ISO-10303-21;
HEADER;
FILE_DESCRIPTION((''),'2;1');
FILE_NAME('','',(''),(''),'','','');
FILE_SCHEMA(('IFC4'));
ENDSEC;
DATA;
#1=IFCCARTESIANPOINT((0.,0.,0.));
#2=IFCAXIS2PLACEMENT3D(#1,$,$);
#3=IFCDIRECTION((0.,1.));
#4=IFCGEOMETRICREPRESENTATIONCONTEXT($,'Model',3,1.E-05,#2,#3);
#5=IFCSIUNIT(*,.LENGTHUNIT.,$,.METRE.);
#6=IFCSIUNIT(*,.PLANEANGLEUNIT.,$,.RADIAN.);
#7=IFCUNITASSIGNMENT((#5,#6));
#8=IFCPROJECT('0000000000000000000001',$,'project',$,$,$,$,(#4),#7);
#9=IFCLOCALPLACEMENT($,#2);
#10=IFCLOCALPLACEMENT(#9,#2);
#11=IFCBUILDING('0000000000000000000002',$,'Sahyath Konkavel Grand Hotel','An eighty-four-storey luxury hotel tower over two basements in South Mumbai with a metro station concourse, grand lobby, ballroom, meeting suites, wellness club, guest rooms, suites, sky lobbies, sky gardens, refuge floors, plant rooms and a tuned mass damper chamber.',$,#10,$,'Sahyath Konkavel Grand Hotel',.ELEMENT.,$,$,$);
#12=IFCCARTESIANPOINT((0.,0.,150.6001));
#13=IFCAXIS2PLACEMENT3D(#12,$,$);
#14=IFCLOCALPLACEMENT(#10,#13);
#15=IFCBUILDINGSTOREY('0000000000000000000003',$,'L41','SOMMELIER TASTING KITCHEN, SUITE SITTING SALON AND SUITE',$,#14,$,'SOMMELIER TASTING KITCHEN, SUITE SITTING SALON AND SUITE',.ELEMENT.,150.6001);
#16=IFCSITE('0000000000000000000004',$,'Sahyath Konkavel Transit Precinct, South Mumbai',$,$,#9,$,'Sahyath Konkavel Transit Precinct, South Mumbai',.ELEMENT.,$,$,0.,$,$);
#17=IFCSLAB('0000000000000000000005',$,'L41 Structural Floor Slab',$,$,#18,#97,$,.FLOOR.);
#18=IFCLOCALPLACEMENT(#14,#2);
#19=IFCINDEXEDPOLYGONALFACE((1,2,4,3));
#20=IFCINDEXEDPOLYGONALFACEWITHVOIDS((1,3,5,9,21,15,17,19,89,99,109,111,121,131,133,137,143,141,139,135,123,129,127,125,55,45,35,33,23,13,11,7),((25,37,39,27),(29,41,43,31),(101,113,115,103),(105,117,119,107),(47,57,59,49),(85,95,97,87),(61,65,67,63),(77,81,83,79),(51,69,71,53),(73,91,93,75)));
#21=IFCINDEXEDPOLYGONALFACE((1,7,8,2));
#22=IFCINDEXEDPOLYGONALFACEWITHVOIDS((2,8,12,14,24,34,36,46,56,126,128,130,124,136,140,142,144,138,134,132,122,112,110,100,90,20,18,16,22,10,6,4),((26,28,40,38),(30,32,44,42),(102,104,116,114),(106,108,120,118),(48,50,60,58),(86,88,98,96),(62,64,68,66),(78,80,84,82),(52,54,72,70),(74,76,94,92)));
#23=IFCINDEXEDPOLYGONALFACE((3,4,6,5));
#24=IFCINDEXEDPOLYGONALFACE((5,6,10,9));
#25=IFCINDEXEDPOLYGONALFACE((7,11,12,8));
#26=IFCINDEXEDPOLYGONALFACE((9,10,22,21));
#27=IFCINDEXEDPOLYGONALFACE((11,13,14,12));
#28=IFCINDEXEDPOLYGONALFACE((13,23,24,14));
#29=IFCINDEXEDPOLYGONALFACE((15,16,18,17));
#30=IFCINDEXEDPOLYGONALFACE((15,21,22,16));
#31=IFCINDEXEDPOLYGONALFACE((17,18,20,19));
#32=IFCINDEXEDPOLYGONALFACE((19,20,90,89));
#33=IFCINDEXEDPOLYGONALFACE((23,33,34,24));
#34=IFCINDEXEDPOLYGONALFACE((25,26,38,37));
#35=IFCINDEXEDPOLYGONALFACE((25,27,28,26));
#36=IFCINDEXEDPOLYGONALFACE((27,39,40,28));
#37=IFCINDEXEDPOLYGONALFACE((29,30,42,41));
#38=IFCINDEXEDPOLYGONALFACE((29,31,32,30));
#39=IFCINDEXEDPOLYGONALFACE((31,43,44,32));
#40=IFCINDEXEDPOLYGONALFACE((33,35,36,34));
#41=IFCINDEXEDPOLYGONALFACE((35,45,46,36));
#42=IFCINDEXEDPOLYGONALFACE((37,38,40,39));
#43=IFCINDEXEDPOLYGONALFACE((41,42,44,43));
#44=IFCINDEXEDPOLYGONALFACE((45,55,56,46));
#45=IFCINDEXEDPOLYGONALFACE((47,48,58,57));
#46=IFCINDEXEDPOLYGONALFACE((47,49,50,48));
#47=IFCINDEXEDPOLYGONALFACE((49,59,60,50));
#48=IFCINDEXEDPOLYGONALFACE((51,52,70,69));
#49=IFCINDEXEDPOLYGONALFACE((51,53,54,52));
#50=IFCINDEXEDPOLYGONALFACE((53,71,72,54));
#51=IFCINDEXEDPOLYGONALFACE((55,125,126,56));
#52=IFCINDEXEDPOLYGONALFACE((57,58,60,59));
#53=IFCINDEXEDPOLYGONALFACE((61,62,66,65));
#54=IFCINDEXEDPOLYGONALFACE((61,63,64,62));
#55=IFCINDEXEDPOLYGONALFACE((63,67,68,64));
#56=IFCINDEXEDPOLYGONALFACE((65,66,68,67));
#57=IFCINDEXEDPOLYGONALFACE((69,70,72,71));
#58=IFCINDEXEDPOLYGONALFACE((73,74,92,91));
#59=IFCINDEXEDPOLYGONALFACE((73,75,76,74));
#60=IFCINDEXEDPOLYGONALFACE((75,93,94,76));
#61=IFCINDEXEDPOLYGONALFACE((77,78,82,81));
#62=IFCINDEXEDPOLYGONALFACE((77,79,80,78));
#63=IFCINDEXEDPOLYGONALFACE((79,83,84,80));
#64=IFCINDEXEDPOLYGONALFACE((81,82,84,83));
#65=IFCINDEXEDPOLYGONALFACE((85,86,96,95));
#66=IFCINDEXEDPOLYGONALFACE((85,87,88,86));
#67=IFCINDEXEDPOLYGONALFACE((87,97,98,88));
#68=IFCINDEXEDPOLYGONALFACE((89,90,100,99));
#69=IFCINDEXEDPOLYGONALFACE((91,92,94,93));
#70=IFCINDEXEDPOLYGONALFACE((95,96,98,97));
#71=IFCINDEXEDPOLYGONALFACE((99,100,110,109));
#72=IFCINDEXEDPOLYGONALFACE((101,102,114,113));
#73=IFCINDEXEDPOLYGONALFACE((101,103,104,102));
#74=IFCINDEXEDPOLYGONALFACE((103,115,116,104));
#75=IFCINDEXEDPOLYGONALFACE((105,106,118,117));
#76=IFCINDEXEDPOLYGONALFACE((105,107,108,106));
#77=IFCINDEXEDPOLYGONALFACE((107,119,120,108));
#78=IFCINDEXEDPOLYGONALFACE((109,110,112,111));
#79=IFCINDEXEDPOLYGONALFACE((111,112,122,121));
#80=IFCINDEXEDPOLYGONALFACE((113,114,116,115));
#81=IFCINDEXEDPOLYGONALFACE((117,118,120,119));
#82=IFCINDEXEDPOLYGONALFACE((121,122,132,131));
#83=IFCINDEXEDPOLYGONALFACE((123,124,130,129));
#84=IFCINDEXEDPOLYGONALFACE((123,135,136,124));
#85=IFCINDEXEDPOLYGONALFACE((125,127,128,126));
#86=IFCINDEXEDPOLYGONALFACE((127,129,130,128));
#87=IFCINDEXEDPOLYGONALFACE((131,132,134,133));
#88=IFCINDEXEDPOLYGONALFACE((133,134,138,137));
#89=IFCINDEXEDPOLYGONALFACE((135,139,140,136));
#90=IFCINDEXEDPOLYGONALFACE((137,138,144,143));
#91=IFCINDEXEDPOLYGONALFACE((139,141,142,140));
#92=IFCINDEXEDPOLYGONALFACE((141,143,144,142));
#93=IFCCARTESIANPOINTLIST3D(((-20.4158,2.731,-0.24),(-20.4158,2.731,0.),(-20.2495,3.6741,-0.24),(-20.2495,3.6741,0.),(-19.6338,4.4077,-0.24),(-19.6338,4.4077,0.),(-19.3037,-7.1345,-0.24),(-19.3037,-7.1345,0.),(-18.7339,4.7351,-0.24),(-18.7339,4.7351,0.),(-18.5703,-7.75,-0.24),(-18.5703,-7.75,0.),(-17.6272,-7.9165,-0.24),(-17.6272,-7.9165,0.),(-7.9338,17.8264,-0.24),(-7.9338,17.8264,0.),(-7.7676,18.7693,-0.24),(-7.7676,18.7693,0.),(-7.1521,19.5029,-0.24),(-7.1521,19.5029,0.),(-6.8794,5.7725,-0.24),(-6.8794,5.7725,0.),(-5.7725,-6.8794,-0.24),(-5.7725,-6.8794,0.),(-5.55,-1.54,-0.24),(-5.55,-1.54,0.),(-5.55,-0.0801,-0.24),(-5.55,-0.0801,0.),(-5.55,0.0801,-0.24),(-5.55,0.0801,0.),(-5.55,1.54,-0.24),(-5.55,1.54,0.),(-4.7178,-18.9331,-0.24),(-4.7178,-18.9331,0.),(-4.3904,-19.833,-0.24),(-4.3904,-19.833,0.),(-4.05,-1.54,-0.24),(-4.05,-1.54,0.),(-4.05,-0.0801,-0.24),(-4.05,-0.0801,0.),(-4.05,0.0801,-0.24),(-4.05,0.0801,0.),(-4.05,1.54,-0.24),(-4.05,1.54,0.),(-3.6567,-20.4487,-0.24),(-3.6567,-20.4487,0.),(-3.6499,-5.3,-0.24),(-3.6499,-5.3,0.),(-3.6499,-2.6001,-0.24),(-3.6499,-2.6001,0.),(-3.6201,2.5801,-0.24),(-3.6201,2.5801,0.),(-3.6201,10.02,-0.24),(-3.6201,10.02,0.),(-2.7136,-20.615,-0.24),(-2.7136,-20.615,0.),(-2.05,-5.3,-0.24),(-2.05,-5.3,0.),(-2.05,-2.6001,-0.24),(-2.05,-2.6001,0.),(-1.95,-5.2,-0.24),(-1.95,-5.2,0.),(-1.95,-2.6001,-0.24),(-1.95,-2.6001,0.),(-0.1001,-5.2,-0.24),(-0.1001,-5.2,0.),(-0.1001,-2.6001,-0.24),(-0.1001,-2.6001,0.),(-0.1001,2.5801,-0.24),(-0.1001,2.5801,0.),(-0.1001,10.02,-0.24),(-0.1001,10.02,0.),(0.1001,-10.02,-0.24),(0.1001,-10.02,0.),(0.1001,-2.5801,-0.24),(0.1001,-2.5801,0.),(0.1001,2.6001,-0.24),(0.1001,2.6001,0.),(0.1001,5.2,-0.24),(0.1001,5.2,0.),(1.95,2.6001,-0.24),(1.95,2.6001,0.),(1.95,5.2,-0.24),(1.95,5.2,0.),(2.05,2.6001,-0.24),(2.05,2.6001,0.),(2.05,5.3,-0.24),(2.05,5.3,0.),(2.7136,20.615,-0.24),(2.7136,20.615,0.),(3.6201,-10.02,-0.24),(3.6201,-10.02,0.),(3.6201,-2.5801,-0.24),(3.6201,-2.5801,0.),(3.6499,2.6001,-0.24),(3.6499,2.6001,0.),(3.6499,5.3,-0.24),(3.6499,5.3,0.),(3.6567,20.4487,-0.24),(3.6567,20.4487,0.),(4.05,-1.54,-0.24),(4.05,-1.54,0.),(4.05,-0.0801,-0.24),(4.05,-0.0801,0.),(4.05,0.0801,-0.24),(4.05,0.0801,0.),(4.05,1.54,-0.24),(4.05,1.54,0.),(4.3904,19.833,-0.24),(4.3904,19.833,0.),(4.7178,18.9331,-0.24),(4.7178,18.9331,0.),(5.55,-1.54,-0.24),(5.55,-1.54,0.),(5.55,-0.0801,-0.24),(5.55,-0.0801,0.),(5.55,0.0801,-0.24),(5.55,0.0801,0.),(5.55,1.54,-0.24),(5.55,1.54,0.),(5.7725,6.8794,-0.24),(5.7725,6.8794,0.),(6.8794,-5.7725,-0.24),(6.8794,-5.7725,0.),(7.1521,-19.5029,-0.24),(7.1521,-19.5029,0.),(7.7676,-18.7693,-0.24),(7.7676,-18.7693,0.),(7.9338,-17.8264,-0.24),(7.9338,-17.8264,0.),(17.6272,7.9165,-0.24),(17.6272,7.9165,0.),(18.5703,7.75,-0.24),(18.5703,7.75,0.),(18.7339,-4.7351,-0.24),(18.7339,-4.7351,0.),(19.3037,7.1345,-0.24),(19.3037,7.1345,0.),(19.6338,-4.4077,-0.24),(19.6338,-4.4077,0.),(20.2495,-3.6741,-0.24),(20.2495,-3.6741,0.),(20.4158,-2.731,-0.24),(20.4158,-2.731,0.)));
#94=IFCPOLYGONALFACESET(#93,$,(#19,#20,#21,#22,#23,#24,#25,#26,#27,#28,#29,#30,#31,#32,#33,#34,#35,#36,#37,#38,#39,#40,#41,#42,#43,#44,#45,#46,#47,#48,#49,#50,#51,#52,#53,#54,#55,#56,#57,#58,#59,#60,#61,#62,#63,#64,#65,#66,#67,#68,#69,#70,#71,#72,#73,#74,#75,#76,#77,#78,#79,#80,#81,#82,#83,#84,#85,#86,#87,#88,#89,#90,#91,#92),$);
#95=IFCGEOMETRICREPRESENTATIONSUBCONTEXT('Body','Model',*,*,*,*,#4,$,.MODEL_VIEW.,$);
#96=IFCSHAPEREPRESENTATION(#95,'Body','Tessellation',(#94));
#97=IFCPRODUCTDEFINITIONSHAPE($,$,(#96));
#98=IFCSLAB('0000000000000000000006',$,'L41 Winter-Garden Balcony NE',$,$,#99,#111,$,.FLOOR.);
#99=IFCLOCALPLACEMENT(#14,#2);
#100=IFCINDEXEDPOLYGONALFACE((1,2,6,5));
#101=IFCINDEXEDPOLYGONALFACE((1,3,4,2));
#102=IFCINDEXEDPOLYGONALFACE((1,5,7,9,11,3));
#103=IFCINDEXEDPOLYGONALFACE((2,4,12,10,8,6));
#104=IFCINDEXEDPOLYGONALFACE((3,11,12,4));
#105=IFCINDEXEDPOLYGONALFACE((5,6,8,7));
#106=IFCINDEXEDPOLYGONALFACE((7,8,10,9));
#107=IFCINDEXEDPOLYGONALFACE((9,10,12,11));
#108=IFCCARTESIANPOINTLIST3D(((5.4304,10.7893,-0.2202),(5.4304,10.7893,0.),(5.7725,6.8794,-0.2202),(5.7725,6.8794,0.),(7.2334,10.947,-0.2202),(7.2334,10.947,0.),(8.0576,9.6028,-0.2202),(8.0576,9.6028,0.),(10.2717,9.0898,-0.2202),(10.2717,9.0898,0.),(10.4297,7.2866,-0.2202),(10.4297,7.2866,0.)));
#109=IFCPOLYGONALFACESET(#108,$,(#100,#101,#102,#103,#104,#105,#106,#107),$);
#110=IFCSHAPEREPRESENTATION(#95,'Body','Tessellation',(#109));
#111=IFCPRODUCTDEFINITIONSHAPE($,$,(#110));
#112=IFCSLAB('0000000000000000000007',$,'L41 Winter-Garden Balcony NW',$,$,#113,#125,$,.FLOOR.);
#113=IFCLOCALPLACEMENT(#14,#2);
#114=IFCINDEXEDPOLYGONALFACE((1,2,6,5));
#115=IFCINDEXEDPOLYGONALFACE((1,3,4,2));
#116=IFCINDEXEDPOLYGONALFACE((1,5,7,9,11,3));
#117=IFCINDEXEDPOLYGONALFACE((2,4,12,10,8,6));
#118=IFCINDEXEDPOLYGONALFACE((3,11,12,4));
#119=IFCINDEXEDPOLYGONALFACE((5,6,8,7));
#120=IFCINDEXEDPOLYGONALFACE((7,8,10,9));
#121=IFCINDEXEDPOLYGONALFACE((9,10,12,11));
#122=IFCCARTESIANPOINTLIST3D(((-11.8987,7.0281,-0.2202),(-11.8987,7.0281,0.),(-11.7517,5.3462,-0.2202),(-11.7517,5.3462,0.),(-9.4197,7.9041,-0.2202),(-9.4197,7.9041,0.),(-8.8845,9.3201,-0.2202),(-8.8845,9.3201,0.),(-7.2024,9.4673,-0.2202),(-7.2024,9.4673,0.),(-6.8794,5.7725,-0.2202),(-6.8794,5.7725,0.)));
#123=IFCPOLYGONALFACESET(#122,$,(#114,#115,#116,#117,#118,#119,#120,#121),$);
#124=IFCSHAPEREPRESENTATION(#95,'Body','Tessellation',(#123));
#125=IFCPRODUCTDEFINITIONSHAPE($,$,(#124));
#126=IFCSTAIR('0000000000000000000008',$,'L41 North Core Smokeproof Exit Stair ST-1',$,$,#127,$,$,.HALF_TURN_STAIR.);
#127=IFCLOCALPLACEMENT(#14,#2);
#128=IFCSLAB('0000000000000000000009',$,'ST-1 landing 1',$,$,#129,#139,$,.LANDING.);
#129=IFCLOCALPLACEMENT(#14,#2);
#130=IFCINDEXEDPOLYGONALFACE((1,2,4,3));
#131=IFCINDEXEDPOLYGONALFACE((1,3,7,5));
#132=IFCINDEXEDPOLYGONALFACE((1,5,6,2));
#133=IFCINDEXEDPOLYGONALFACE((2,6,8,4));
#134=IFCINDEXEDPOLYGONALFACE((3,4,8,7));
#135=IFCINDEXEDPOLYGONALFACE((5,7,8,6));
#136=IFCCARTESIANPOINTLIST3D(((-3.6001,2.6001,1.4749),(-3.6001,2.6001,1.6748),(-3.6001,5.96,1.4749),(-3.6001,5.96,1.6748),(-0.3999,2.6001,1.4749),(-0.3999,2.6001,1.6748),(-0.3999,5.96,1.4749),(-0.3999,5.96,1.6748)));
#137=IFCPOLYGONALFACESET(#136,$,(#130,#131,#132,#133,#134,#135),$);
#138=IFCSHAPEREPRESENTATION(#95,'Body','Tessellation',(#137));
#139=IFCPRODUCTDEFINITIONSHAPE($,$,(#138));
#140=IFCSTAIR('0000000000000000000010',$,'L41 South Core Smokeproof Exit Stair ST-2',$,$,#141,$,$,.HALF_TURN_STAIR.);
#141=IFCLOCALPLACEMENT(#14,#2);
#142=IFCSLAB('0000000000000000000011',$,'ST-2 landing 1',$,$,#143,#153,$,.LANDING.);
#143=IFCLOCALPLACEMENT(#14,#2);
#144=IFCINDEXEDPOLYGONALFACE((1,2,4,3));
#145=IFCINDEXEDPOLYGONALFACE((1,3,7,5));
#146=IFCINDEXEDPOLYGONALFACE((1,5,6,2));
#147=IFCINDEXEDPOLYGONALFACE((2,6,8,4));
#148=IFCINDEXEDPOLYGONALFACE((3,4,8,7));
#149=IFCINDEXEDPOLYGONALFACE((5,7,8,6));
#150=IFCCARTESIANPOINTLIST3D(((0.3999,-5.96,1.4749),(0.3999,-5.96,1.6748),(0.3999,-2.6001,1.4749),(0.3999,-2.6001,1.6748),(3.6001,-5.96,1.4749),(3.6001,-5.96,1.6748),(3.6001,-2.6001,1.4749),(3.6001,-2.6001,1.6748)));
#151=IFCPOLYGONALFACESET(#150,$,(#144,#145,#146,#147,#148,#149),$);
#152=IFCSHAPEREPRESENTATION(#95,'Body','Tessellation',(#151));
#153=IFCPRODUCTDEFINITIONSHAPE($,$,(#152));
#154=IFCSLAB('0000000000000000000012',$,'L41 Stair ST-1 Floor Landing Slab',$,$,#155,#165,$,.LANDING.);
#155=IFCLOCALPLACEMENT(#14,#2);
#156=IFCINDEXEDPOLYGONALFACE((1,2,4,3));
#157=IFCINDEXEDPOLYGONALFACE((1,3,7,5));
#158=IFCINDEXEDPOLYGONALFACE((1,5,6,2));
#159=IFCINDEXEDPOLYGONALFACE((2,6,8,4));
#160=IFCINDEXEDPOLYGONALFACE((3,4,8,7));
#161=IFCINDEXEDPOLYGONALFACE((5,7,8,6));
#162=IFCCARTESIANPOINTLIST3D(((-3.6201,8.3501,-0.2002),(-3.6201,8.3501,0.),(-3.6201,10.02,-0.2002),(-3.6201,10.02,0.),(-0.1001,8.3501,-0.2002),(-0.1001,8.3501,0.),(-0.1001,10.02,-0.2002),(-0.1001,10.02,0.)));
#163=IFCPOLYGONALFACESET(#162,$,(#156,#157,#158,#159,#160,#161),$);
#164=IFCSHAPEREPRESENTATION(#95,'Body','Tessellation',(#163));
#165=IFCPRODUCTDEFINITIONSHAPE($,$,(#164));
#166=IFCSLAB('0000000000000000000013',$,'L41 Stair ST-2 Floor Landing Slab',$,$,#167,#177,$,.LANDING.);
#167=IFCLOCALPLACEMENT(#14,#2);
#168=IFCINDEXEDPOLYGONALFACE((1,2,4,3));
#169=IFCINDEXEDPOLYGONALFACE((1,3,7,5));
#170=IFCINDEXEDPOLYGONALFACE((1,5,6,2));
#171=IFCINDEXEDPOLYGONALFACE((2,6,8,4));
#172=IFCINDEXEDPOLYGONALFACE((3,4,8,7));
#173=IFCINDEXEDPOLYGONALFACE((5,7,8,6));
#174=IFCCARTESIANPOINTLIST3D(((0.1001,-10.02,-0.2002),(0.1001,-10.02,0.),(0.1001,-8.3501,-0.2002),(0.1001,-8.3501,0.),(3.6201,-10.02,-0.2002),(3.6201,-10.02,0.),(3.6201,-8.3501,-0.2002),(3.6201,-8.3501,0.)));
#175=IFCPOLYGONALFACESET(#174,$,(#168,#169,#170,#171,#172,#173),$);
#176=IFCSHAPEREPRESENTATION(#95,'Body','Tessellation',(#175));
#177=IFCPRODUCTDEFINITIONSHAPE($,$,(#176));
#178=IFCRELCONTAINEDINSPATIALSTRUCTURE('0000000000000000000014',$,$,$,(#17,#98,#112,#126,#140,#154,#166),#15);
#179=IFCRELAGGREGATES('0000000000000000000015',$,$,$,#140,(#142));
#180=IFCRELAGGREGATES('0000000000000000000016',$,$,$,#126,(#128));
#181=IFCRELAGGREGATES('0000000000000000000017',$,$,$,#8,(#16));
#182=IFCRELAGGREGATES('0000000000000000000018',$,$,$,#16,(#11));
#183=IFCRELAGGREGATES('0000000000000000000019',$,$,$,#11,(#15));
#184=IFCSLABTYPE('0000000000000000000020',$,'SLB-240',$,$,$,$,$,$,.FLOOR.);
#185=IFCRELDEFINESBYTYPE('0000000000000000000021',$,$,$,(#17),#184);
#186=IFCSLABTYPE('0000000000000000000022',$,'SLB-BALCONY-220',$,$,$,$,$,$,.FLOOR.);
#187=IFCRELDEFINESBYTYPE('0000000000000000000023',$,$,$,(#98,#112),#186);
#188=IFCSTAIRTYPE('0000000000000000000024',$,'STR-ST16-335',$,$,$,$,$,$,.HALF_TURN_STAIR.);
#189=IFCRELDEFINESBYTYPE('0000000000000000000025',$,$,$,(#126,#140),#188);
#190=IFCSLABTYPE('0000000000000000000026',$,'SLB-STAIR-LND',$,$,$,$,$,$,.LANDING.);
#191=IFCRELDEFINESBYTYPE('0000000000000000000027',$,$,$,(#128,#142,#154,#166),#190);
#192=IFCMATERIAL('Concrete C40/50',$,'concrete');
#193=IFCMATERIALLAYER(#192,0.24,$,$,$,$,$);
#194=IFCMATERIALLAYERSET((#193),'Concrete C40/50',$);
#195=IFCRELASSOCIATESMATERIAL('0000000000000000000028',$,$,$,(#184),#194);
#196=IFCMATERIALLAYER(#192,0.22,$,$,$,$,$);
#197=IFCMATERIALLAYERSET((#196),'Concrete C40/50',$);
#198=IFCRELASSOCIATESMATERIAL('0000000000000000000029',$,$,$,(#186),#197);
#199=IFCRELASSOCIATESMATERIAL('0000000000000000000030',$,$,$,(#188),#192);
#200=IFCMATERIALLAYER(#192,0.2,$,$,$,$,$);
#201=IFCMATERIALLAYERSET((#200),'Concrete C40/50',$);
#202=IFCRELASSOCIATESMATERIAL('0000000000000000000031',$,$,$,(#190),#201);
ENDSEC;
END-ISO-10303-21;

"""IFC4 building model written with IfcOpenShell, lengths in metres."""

from ifc_helpers import new_model, si_unit, direction, frame, origin, place, context, subcontext, project, spatial, polyline, outline, extrude, material, layer, layer_set, type_object, element, aggregate, save


model = new_model("IFC4")

# Units and contexts
model_context = context("Model", 3, precision=1e-05, world=origin(), true_north=direction((0.0, 1.0)))
body_context = subcontext(model_context, "Body", "Model", "MODEL_VIEW")
ifc_project = project(units=[si_unit("LENGTHUNIT", "METRE"), si_unit("PLANEANGLEUNIT", "RADIAN")], contexts=[model_context])

# Site, building, storey
site_placement = place(None, origin())
site = spatial("IfcSite", under=ifc_project, at=site_placement, Name="Sahyath Konkavel Transit Precinct, South Mumbai", LongName="Sahyath Konkavel Transit Precinct, South Mumbai", CompositionType="ELEMENT", RefElevation=0.0)
building_placement = place(site_placement, origin())
building = spatial("IfcBuilding", under=site, at=building_placement, Name="Sahyath Konkavel Grand Hotel", Description="An eighty-four-storey luxury hotel tower over two basements in South Mumbai with a metro station concourse, grand lobby, ballroom, meeting suites, wellness club, guest rooms, suites, sky lobbies, sky gardens, refuge floors, plant rooms and a tuned mass damper chamber.", LongName="Sahyath Konkavel Grand Hotel", CompositionType="ELEMENT")
storey_placement = place(building_placement, frame((0.0, 0.0, 150.6001)))
storey = spatial("IfcBuildingStorey", under=building, at=storey_placement, Name="L41", Description="SOMMELIER TASTING KITCHEN, SUITE SITTING SALON AND SUITE", LongName="SOMMELIER TASTING KITCHEN, SUITE SITTING SALON AND SUITE", CompositionType="ELEMENT", Elevation=150.6001)

# Slabs
ifc_material_1 = material(Name="Concrete C40/50", Category="concrete")
ifc_layer_1 = layer(ifc_material_1, 0.24)
ifc_layer_set_1 = layer_set([ifc_layer_1], Name="Concrete C40/50")
slab_type_1 = type_object("IfcSlabType", Name="SLB-240", PredefinedType="FLOOR", material=ifc_layer_set_1)
slab_1_placement = place(storey_placement, frame((0.0, 0.0, -0.24)))
element("IfcSlab", 1, at=slab_1_placement, inside=storey, type_object=slab_type_1, Name="L41 Structural Floor Slab", PredefinedType="FLOOR", context=body_context, shape_type="SweptSolid", body=[
    extrude(outline(polyline([(6.8794, -5.7725), (18.7339, -4.7351), (19.6338, -4.4077), (20.2495, -3.6741), (20.4158, -2.731), (19.3037, 7.1345), (18.5703, 7.75), (17.6272, 7.9165), (5.7725, 6.8794), (4.7178, 18.9331), (4.3904, 19.833), (3.6567, 20.4487), (2.7136, 20.615), (-7.1521, 19.5029), (-7.7676, 18.7693), (-7.9338, 17.8264), (-6.8794, 5.7725), (-18.7339, 4.7351), (-19.6338, 4.4077), (-20.2495, 3.6741), (-20.4158, 2.731), (-19.3037, -7.1345), (-18.5703, -7.75), (-17.6272, -7.9165), (-5.7725, -6.8794), (-4.7178, -18.9331), (-4.3904, -19.833), (-3.6567, -20.4487), (-2.7136, -20.615), (7.1521, -19.5029), (7.7676, -18.7693), (7.9338, -17.8264), (6.8794, -5.7725)]), holes=[polyline([(-3.6201, 2.5801), (-0.1001, 2.5801), (-0.1001, 10.02), (-3.6201, 10.02), (-3.6201, 2.5801)]), polyline([(0.1001, -10.02), (3.6201, -10.02), (3.6201, -2.5801), (0.1001, -2.5801), (0.1001, -10.02)]), polyline([(0.1001, 2.6001), (1.95, 2.6001), (1.95, 5.2), (0.1001, 5.2), (0.1001, 2.6001)]), polyline([(-1.95, -5.2), (-0.1001, -5.2), (-0.1001, -2.6001), (-1.95, -2.6001), (-1.95, -5.2)]), polyline([(2.05, 2.6001), (3.6499, 2.6001), (3.6499, 5.3), (2.05, 5.3), (2.05, 2.6001)]), polyline([(-3.6499, -5.3), (-2.05, -5.3), (-2.05, -2.6001), (-3.6499, -2.6001), (-3.6499, -5.3)]), polyline([(4.05, 0.0801), (5.55, 0.0801), (5.55, 1.54), (4.05, 1.54), (4.05, 0.0801)]), polyline([(4.05, -1.54), (5.55, -1.54), (5.55, -0.0801), (4.05, -0.0801), (4.05, -1.54)]), polyline([(-5.55, 0.0801), (-4.05, 0.0801), (-4.05, 1.54), (-5.55, 1.54), (-5.55, 0.0801)]), polyline([(-5.55, -1.54), (-4.05, -1.54), (-4.05, -0.0801), (-5.55, -0.0801), (-5.55, -1.54)])]), origin(), (0.0, 0.0, 1.0), 0.24),
])
ifc_layer_2 = layer(ifc_material_1, 0.22)
ifc_layer_set_2 = layer_set([ifc_layer_2], Name="Concrete C40/50")
slab_type_2 = type_object("IfcSlabType", Name="SLB-BALCONY-220", PredefinedType="FLOOR", material=ifc_layer_set_2)
slab_2_placement = place(storey_placement, frame((0.0, 0.0, -0.2202)))
element("IfcSlab", 2, at=slab_2_placement, inside=storey, type_object=slab_type_2, Name="L41 Winter-Garden Balcony NE", PredefinedType="FLOOR", context=body_context, shape_type="SweptSolid", body=[
    extrude(outline(polyline([(5.7725, 6.8794), (10.4297, 7.2866), (10.2717, 9.0898), (8.0576, 9.6028), (7.2334, 10.947), (5.4304, 10.7893), (5.7725, 6.8794)])), origin(), (0.0, 0.0, 1.0), 0.2202),
])
slab_3_placement = place(storey_placement, frame((0.0, 0.0, -0.2202)))
element("IfcSlab", 3, at=slab_3_placement, inside=storey, type_object=slab_type_2, Name="L41 Winter-Garden Balcony NW", PredefinedType="FLOOR", context=body_context, shape_type="SweptSolid", body=[
    extrude(outline(polyline([(-6.8794, 5.7725), (-7.2024, 9.4673), (-8.8845, 9.3201), (-9.4197, 7.9041), (-11.8987, 7.0281), (-11.7517, 5.3462), (-6.8794, 5.7725)])), origin(), (0.0, 0.0, 1.0), 0.2202),
])

# Stairs, slabs
stair_type = type_object("IfcStairType", Name="STR-ST16-335", PredefinedType="HALF_TURN_STAIR", material=ifc_material_1)
stair_1_placement = place(storey_placement, origin())
stair_1 = element("IfcStair", 4, at=stair_1_placement, inside=storey, type_object=stair_type, Name="L41 North Core Smokeproof Exit Stair ST-1", PredefinedType="HALF_TURN_STAIR")
ifc_layer_3 = layer(ifc_material_1, 0.2)
ifc_layer_set_3 = layer_set([ifc_layer_3], Name="Concrete C40/50")
slab_type_3 = type_object("IfcSlabType", Name="SLB-STAIR-LND", PredefinedType="LANDING", material=ifc_layer_set_3)
slab_4_placement = place(storey_placement, frame((0.0, 0.0, 1.4749)))
slab_4 = element("IfcSlab", 5, at=slab_4_placement, type_object=slab_type_3, Name="ST-1 landing 1", PredefinedType="LANDING", context=body_context, shape_type="SweptSolid", body=[
    extrude(outline(polyline([(-3.6001, 5.96), (-3.6001, 2.6001), (-0.3999, 2.6001), (-0.3999, 5.96), (-3.6001, 5.96)])), origin(), (0.0, 0.0, 1.0), 0.2),
])
stair_2_placement = place(storey_placement, origin())
stair_2 = element("IfcStair", 6, at=stair_2_placement, inside=storey, type_object=stair_type, Name="L41 South Core Smokeproof Exit Stair ST-2", PredefinedType="HALF_TURN_STAIR")
slab_5_placement = place(storey_placement, frame((0.0, 0.0, 1.4749)))
slab_5 = element("IfcSlab", 7, at=slab_5_placement, type_object=slab_type_3, Name="ST-2 landing 1", PredefinedType="LANDING", context=body_context, shape_type="SweptSolid", body=[
    extrude(outline(polyline([(3.6001, -5.96), (3.6001, -2.6001), (0.3999, -2.6001), (0.3999, -5.96), (3.6001, -5.96)])), origin(), (0.0, 0.0, 1.0), 0.2),
])
aggregate(stair_2, [slab_5])

# Slabs
slab_6_placement = place(storey_placement, frame((0.0, 0.0, -0.2002)))
element("IfcSlab", 8, at=slab_6_placement, inside=storey, type_object=slab_type_3, Name="L41 Stair ST-1 Floor Landing Slab", PredefinedType="LANDING", context=body_context, shape_type="SweptSolid", body=[
    extrude(outline(polyline([(-3.6201, 8.3501), (-0.1001, 8.3501), (-0.1001, 10.02), (-3.6201, 10.02), (-3.6201, 8.3501)])), origin(), (0.0, 0.0, 1.0), 0.2002),
])
slab_7_placement = place(storey_placement, frame((0.0, 0.0, -0.2002)))
element("IfcSlab", 9, at=slab_7_placement, inside=storey, type_object=slab_type_3, Name="L41 Stair ST-2 Floor Landing Slab", PredefinedType="LANDING", context=body_context, shape_type="SweptSolid", body=[
    extrude(outline(polyline([(0.1001, -10.02), (3.6201, -10.02), (3.6201, -8.3501), (0.1001, -8.3501), (0.1001, -10.02)])), origin(), (0.0, 0.0, 1.0), 0.2002),
])

aggregate(stair_1, [slab_4])

save(model, "model.ifc")
